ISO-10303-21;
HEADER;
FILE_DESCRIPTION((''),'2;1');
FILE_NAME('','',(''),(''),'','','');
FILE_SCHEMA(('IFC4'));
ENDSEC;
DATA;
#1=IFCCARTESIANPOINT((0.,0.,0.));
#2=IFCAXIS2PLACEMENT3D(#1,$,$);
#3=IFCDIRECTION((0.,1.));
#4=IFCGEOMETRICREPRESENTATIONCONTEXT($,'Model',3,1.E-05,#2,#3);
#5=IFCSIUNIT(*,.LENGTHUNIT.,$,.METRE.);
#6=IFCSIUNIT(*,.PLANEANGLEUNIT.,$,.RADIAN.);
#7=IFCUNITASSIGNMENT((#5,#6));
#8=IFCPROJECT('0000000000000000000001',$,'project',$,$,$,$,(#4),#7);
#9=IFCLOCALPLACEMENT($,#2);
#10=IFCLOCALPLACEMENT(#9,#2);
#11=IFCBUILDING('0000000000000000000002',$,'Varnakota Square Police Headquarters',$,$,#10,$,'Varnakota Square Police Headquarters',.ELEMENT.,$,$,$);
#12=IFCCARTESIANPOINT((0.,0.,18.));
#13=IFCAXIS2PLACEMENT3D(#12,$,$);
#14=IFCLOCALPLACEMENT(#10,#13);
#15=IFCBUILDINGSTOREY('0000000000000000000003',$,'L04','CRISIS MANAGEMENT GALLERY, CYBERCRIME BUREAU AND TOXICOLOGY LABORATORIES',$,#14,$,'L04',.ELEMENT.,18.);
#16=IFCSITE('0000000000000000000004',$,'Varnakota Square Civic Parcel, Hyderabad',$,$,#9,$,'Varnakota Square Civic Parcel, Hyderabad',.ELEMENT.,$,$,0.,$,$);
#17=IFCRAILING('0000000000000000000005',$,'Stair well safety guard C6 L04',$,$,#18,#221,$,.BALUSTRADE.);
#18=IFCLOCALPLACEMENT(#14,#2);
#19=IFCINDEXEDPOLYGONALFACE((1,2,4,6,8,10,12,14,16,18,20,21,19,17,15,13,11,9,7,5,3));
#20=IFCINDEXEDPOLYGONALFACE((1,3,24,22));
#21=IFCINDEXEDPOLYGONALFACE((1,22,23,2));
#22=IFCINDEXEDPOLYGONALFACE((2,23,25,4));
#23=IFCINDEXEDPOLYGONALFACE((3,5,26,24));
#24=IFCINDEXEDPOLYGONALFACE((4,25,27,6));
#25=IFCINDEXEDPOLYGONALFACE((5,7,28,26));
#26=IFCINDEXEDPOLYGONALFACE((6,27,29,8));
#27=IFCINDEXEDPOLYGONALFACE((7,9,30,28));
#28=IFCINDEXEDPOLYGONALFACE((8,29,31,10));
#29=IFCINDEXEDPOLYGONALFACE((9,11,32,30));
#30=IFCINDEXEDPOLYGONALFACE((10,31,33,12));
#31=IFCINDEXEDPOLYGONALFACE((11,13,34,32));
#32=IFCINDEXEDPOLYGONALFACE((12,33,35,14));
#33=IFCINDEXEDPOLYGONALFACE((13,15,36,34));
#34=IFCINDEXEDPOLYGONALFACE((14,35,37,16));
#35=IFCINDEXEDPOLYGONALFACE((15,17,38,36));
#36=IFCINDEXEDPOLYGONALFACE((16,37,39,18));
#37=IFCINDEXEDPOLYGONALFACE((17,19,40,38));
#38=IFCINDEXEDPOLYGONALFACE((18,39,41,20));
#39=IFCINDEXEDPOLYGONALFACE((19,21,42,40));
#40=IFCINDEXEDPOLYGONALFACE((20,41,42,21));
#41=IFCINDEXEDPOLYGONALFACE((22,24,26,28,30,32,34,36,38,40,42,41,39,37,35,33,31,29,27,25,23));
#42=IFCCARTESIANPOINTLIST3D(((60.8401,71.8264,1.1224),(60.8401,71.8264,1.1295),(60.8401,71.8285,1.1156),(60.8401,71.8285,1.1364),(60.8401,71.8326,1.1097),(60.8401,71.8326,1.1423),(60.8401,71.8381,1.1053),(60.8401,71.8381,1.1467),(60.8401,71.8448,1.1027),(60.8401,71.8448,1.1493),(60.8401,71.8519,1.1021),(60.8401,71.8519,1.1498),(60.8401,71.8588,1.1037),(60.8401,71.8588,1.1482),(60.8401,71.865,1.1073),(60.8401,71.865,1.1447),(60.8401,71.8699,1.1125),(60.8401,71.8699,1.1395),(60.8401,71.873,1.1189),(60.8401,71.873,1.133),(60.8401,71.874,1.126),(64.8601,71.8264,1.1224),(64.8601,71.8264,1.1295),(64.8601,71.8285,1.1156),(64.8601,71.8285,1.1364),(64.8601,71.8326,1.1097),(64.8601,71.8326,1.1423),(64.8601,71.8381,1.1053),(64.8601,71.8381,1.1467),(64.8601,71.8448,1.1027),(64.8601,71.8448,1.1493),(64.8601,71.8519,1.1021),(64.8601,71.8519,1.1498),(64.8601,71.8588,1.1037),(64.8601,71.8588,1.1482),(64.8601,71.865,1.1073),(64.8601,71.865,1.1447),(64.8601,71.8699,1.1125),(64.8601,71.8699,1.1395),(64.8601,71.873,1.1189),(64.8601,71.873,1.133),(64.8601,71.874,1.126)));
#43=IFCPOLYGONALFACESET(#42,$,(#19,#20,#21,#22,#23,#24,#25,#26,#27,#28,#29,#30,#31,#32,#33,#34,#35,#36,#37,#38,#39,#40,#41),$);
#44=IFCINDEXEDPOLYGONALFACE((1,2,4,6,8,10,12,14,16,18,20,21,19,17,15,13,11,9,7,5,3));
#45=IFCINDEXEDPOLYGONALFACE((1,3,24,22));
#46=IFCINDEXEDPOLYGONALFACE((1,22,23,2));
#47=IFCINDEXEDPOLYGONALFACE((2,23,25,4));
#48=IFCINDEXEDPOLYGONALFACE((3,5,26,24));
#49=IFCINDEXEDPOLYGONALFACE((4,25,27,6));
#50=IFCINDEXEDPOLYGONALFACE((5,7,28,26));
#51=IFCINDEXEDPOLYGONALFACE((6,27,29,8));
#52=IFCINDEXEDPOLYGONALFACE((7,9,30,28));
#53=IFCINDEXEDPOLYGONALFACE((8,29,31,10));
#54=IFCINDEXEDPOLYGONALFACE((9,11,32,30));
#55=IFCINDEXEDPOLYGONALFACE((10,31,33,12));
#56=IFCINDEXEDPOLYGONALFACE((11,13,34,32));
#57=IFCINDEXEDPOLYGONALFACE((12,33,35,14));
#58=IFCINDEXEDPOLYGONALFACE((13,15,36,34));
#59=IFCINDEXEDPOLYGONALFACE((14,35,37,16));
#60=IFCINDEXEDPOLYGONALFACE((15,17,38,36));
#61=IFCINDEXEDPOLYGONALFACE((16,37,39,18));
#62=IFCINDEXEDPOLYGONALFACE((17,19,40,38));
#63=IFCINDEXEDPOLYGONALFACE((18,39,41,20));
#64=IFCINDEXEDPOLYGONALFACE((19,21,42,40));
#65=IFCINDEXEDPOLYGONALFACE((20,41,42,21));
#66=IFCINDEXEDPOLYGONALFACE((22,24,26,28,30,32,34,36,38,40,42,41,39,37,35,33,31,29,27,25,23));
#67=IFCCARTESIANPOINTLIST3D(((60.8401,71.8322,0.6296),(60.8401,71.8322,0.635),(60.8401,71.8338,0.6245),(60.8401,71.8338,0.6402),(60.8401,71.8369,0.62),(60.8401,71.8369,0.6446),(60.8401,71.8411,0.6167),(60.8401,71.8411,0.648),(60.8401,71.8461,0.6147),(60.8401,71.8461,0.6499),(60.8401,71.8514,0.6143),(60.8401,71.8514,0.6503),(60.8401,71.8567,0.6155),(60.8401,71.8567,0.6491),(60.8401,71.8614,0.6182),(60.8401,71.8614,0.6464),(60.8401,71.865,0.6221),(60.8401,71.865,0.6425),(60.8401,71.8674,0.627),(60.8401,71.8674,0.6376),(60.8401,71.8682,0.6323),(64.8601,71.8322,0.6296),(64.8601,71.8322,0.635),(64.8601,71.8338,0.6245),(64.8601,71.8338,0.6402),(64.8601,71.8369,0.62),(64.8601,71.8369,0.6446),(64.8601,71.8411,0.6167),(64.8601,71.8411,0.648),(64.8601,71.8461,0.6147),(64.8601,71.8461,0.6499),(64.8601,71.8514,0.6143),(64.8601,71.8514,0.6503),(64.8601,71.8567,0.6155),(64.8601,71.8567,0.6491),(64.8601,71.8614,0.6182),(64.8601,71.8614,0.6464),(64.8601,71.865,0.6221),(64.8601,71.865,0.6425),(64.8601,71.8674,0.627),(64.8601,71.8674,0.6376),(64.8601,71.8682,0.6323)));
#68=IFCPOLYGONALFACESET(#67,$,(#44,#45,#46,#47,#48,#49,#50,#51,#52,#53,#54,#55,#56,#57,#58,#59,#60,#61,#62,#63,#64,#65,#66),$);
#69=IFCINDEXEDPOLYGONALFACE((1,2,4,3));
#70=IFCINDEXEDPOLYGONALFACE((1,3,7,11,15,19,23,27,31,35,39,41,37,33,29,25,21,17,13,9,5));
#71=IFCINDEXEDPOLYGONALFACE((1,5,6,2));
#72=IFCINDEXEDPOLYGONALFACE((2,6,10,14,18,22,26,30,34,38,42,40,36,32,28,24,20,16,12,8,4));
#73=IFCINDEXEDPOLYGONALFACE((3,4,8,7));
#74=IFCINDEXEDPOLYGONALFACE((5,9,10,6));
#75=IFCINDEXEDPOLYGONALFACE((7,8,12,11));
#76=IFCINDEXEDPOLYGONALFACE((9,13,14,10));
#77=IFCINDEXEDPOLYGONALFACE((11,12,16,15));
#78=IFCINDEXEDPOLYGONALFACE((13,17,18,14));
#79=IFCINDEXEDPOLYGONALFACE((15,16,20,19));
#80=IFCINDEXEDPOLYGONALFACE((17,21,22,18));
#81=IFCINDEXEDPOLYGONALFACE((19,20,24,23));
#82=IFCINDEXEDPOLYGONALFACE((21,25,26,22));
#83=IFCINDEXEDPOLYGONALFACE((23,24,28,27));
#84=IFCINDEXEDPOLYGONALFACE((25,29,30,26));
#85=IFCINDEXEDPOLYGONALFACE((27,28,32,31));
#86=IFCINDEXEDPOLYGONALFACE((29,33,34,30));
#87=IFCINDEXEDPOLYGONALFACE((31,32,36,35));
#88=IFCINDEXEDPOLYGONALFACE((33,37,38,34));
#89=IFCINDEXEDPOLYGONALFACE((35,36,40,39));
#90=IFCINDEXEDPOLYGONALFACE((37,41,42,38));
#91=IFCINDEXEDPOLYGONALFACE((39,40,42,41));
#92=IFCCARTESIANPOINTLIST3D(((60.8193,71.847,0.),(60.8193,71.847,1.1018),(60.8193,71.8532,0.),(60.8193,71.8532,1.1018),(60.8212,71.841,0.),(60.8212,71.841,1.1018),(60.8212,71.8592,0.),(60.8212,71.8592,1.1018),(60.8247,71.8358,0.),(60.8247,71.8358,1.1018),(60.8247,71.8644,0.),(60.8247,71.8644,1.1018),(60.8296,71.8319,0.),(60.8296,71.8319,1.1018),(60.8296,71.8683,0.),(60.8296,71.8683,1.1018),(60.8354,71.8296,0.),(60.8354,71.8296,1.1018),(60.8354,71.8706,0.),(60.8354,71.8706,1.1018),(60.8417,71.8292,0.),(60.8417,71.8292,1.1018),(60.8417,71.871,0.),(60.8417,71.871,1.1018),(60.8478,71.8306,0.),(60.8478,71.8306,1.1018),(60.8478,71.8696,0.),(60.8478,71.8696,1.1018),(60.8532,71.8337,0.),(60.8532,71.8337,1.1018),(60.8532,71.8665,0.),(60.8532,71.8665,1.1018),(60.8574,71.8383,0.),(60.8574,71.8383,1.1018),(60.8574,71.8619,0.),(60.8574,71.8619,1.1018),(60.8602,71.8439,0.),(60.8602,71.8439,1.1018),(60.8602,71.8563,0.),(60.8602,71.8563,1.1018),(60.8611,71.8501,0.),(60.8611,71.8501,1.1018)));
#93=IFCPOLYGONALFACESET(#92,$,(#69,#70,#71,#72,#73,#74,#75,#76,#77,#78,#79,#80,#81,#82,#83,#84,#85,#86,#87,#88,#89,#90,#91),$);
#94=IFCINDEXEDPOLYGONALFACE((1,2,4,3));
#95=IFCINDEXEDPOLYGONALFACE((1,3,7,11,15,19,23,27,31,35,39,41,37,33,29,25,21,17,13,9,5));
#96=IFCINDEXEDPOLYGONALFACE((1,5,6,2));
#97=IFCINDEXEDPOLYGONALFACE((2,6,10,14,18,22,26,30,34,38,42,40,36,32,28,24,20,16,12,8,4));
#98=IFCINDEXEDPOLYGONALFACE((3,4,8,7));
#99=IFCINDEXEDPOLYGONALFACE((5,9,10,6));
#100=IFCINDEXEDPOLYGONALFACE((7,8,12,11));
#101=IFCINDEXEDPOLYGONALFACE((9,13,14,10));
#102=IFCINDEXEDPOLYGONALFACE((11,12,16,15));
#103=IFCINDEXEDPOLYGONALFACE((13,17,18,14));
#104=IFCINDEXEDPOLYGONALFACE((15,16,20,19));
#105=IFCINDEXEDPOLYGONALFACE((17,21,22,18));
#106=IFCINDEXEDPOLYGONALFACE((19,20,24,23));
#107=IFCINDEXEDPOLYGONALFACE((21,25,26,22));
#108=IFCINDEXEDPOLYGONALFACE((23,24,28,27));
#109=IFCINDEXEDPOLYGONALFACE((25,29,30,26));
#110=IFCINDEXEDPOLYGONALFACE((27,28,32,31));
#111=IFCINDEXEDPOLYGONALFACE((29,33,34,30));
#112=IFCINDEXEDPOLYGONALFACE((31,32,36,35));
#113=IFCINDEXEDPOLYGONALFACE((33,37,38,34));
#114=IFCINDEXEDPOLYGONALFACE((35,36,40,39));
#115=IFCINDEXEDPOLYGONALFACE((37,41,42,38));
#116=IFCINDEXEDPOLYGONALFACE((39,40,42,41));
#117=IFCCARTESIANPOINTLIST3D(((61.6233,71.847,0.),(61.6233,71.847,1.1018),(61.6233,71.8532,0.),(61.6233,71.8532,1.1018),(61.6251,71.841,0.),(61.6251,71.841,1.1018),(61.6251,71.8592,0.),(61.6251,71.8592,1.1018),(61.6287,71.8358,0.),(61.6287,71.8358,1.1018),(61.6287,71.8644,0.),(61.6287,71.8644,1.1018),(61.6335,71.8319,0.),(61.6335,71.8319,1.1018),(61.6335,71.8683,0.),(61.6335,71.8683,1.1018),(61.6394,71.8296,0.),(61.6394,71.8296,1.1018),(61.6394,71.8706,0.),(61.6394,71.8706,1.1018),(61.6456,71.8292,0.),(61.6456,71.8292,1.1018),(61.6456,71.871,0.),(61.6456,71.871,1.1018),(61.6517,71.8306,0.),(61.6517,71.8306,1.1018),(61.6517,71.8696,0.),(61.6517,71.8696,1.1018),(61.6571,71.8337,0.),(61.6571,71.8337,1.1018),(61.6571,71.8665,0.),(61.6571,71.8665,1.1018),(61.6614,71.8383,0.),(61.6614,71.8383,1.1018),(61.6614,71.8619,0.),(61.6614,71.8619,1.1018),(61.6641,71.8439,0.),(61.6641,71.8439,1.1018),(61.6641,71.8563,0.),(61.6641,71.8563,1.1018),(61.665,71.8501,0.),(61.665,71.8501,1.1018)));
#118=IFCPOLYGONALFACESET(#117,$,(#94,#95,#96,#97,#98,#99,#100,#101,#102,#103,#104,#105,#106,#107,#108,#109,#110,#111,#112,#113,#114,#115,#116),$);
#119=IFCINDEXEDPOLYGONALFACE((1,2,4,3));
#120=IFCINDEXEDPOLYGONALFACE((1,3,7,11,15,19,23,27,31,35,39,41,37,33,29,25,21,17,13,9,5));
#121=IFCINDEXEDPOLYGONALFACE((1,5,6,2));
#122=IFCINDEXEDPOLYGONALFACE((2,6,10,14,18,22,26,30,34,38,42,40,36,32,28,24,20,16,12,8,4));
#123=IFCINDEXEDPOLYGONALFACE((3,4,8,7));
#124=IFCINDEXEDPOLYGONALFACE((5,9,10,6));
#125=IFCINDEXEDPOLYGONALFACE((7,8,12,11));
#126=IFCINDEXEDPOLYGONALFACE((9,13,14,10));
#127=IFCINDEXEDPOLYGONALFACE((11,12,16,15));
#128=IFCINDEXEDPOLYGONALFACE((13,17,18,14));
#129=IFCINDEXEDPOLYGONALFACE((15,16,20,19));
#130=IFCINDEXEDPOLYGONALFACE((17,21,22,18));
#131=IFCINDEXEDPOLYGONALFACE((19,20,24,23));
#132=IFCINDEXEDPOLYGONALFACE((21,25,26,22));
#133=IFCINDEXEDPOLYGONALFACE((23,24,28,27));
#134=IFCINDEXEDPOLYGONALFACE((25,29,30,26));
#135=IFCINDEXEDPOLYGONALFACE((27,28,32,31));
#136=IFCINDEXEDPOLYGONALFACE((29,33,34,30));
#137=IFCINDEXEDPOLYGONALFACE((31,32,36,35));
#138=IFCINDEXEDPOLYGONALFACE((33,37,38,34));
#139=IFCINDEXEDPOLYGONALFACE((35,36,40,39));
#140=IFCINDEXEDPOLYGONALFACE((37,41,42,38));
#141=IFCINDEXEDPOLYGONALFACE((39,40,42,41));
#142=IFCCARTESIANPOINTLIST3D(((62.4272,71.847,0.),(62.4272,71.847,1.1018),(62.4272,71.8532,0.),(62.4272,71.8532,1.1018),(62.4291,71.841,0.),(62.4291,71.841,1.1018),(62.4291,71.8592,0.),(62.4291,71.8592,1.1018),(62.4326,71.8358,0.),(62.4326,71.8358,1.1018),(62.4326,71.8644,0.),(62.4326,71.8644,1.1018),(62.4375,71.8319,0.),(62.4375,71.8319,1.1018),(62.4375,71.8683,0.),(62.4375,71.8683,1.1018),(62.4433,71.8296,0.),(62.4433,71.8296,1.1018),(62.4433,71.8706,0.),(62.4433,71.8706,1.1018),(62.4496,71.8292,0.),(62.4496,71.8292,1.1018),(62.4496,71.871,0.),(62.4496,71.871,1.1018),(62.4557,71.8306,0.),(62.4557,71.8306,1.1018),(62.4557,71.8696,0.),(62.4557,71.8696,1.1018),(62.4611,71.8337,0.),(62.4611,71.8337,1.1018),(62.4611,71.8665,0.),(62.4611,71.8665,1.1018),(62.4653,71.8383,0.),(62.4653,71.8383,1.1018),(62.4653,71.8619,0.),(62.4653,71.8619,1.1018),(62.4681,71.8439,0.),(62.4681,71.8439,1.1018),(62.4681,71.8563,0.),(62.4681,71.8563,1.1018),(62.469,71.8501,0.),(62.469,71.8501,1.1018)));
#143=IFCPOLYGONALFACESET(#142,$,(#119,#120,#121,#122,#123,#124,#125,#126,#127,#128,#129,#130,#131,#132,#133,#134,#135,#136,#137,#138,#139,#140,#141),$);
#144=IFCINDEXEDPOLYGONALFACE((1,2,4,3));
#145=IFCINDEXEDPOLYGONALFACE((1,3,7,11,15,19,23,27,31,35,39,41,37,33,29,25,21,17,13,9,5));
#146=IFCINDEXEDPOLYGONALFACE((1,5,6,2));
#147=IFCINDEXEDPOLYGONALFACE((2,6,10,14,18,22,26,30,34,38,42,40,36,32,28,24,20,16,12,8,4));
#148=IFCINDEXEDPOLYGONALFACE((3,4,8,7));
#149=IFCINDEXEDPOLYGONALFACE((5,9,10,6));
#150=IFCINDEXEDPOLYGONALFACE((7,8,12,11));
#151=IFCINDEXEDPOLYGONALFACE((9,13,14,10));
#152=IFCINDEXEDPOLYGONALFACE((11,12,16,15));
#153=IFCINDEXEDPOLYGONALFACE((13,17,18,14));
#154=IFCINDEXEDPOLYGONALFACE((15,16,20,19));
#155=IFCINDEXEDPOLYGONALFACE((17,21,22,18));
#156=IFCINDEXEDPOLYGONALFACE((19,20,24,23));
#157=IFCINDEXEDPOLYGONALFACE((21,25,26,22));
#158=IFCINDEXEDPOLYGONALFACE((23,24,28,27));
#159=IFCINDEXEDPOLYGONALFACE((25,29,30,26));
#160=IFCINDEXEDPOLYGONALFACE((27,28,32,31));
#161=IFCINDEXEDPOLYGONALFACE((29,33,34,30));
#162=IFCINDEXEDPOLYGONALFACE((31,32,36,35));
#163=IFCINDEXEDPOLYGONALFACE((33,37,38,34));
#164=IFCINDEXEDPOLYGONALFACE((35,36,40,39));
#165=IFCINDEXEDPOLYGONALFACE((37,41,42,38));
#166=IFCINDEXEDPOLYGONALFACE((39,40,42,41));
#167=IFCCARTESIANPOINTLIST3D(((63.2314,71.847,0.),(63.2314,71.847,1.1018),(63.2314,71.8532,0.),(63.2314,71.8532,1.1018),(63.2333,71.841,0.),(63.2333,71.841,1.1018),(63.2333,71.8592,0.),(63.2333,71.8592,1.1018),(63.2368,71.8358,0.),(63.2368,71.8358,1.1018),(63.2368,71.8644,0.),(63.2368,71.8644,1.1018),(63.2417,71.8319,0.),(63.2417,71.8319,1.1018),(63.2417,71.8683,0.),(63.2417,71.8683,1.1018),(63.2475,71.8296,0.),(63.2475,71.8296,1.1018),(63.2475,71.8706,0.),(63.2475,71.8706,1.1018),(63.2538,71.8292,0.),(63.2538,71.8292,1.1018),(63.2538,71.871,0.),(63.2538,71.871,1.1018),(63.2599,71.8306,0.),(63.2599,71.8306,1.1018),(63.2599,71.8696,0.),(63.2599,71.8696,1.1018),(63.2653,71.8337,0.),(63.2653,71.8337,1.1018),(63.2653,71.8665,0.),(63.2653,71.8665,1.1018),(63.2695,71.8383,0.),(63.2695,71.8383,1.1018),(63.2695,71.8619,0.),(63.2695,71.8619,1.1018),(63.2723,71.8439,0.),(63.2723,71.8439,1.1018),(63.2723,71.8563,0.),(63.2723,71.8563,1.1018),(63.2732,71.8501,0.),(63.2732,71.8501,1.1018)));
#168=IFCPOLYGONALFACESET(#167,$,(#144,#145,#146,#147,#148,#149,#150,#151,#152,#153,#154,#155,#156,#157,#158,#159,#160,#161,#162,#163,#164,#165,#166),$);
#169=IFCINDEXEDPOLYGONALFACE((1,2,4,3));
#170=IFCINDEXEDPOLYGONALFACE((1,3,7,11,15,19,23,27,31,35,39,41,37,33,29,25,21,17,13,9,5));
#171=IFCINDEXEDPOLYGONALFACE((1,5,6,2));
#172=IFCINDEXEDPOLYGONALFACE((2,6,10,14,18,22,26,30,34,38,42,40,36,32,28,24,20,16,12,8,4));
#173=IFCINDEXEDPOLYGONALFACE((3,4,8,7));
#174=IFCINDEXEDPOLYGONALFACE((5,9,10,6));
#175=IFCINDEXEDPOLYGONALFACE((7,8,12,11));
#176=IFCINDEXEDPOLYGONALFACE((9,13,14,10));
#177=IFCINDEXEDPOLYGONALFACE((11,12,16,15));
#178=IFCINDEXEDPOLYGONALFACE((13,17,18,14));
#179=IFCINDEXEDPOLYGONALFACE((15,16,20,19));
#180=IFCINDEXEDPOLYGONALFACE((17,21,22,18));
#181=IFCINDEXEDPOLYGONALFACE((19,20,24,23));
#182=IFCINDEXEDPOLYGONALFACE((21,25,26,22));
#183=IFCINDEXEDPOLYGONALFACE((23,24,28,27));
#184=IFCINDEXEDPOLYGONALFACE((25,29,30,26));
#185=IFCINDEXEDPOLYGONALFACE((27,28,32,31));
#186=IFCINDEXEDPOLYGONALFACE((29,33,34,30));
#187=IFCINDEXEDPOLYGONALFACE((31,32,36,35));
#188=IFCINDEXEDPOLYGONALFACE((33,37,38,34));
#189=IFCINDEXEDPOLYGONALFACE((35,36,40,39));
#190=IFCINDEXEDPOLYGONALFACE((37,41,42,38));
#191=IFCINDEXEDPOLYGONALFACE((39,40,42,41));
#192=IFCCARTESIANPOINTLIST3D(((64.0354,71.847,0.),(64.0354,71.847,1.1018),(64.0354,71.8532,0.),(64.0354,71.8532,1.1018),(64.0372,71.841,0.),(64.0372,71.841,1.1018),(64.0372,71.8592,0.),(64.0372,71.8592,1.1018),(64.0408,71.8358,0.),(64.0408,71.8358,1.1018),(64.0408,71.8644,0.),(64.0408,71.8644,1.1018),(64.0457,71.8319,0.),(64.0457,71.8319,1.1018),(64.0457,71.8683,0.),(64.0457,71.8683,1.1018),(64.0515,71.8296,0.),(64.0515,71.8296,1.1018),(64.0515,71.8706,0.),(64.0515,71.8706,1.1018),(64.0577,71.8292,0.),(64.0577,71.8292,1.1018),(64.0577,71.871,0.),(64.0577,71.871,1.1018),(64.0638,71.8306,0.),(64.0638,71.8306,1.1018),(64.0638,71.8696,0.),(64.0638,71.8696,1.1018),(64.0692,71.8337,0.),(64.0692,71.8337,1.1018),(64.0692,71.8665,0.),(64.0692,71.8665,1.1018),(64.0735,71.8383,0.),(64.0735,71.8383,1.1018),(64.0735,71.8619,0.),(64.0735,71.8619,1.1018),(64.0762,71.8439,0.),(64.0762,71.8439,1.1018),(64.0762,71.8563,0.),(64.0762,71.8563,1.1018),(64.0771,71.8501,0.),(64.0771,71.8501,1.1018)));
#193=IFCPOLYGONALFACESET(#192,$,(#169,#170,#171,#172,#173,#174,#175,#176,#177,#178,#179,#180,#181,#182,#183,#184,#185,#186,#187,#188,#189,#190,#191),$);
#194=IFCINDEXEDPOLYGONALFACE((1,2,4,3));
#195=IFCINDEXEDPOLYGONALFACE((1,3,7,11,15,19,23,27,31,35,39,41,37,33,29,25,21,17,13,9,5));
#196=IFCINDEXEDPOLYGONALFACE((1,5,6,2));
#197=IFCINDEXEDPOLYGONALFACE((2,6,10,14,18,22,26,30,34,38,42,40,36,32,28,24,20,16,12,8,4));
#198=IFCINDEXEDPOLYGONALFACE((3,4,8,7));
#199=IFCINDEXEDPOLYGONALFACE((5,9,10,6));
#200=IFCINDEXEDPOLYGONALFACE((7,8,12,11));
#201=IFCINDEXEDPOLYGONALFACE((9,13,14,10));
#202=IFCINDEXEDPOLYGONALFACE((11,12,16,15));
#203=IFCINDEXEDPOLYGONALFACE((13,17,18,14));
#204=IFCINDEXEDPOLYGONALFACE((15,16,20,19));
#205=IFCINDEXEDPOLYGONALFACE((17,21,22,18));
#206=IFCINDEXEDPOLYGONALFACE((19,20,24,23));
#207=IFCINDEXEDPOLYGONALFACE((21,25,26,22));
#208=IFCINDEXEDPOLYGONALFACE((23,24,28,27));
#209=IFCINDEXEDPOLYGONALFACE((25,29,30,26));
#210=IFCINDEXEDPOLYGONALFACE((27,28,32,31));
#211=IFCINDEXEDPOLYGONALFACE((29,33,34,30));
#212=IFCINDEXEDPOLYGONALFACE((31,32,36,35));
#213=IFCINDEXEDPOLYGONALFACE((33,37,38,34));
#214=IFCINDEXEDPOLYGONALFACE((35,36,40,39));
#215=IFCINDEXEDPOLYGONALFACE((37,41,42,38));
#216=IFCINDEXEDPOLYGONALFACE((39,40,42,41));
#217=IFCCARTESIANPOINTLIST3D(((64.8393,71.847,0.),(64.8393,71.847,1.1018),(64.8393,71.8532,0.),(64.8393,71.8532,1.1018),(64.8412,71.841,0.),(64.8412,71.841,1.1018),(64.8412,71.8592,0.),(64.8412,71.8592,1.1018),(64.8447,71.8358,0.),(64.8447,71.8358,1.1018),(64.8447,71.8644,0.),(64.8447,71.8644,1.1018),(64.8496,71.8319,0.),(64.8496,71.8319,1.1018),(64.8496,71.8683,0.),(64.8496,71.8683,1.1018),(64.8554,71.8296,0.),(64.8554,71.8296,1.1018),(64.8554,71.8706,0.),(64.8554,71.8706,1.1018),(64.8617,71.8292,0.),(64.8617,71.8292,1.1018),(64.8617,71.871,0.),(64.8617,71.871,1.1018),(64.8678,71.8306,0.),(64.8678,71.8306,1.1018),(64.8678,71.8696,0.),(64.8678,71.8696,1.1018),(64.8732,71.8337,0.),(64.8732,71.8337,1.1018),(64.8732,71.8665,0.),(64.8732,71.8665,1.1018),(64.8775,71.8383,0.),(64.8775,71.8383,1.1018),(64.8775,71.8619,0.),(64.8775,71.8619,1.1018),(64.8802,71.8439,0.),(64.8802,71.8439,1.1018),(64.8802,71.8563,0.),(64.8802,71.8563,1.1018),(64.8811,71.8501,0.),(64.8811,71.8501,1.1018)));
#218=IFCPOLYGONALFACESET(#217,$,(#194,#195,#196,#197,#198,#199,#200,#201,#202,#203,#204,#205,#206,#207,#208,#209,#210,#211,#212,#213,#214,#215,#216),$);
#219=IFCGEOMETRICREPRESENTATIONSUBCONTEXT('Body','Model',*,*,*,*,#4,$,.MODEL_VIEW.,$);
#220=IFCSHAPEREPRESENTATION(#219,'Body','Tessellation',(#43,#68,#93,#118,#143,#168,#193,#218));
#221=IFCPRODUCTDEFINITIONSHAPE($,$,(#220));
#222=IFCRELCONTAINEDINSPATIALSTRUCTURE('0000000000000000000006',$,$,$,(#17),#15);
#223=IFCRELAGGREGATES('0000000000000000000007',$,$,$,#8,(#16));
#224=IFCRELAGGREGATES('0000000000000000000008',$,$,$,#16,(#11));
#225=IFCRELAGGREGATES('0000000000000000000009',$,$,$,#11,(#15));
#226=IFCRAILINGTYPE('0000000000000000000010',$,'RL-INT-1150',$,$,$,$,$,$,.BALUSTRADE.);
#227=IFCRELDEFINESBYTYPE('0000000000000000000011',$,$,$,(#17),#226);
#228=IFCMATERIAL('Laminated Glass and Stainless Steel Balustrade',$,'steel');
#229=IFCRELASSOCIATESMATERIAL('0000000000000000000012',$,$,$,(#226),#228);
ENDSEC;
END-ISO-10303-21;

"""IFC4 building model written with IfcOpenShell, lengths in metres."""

from ifc_helpers import new_model, si_unit, direction, frame, origin, origin_2d, place, context, subcontext, project, spatial, circle, extrude, material, type_object, element, save


model = new_model("IFC4")

# Units and contexts
model_context = context("Model", 3, precision=1e-05, world=origin(), true_north=direction((0.0, 1.0)))
body_context = subcontext(model_context, "Body", "Model", "MODEL_VIEW")
ifc_project = project(units=[si_unit("LENGTHUNIT", "METRE"), si_unit("PLANEANGLEUNIT", "RADIAN")], contexts=[model_context])

# Site, building, storey
site_placement = place(None, origin())
site = spatial("IfcSite", under=ifc_project, at=site_placement, Name="Varnakota Square Civic Parcel, Hyderabad", LongName="Varnakota Square Civic Parcel, Hyderabad", CompositionType="ELEMENT", RefElevation=0.0)
building_placement = place(site_placement, origin())
building = spatial("IfcBuilding", under=site, at=building_placement, Name="Varnakota Square Police Headquarters", LongName="Varnakota Square Police Headquarters", CompositionType="ELEMENT")
storey_placement = place(building_placement, frame((0.0, 0.0, 18.0)))
storey = spatial("IfcBuildingStorey", under=building, at=storey_placement, Name="L04", Description="CRISIS MANAGEMENT GALLERY, CYBERCRIME BUREAU AND TOXICOLOGY LABORATORIES", LongName="L04", CompositionType="ELEMENT", Elevation=18.0)

# Railing
ifc_material_1 = material(Name="Laminated Glass and Stainless Steel Balustrade", Category="steel")
railing_type = type_object("IfcRailingType", Name="RL-INT-1150", PredefinedType="BALUSTRADE", material=ifc_material_1)
railing_1_placement = place(storey_placement, frame((60.8401, 71.8501, 0.0)))
element("IfcRailing", 1, at=railing_1_placement, inside=storey, type_object=railing_type, Name="Stair well safety guard C6 L04", PredefinedType="BALUSTRADE", context=body_context, shape_type="SweptSolid", body=[
    extrude(circle(Radius=0.0239, at=origin_2d()), frame((0.0, 0.0, 1.126), z_axis=(1.0, 0.0, 0.0), x_axis=(0.0, 1.0, 0.0)), (0.0, 0.0, 1.0), 4.02),
    extrude(circle(Radius=0.0181, at=origin_2d()), frame((0.0, 0.0, 0.6323), z_axis=(1.0, 0.0, 0.0), x_axis=(0.0, 1.0, 0.0)), (0.0, 0.0, 1.0), 4.02),
    extrude(circle(Radius=0.021, at=origin_2d()), origin(), (0.0, 0.0, 1.0), 1.1018),
    extrude(circle(Radius=0.021, at=origin_2d()), frame((0.804, 0.0, 0.0)), (0.0, 0.0, 1.0), 1.1018),
    extrude(circle(Radius=0.021, at=origin_2d()), frame((1.6079, 0.0, 0.0)), (0.0, 0.0, 1.0), 1.1018),
    extrude(circle(Radius=0.021, at=origin_2d()), frame((2.4121, 0.0, 0.0)), (0.0, 0.0, 1.0), 1.1018),
    extrude(circle(Radius=0.021, at=origin_2d()), frame((3.2161, 0.0, 0.0)), (0.0, 0.0, 1.0), 1.1018),
    extrude(circle(Radius=0.021, at=origin_2d()), frame((4.02, 0.0, 0.0)), (0.0, 0.0, 1.0), 1.1018),
])

save(model, "model.ifc")
